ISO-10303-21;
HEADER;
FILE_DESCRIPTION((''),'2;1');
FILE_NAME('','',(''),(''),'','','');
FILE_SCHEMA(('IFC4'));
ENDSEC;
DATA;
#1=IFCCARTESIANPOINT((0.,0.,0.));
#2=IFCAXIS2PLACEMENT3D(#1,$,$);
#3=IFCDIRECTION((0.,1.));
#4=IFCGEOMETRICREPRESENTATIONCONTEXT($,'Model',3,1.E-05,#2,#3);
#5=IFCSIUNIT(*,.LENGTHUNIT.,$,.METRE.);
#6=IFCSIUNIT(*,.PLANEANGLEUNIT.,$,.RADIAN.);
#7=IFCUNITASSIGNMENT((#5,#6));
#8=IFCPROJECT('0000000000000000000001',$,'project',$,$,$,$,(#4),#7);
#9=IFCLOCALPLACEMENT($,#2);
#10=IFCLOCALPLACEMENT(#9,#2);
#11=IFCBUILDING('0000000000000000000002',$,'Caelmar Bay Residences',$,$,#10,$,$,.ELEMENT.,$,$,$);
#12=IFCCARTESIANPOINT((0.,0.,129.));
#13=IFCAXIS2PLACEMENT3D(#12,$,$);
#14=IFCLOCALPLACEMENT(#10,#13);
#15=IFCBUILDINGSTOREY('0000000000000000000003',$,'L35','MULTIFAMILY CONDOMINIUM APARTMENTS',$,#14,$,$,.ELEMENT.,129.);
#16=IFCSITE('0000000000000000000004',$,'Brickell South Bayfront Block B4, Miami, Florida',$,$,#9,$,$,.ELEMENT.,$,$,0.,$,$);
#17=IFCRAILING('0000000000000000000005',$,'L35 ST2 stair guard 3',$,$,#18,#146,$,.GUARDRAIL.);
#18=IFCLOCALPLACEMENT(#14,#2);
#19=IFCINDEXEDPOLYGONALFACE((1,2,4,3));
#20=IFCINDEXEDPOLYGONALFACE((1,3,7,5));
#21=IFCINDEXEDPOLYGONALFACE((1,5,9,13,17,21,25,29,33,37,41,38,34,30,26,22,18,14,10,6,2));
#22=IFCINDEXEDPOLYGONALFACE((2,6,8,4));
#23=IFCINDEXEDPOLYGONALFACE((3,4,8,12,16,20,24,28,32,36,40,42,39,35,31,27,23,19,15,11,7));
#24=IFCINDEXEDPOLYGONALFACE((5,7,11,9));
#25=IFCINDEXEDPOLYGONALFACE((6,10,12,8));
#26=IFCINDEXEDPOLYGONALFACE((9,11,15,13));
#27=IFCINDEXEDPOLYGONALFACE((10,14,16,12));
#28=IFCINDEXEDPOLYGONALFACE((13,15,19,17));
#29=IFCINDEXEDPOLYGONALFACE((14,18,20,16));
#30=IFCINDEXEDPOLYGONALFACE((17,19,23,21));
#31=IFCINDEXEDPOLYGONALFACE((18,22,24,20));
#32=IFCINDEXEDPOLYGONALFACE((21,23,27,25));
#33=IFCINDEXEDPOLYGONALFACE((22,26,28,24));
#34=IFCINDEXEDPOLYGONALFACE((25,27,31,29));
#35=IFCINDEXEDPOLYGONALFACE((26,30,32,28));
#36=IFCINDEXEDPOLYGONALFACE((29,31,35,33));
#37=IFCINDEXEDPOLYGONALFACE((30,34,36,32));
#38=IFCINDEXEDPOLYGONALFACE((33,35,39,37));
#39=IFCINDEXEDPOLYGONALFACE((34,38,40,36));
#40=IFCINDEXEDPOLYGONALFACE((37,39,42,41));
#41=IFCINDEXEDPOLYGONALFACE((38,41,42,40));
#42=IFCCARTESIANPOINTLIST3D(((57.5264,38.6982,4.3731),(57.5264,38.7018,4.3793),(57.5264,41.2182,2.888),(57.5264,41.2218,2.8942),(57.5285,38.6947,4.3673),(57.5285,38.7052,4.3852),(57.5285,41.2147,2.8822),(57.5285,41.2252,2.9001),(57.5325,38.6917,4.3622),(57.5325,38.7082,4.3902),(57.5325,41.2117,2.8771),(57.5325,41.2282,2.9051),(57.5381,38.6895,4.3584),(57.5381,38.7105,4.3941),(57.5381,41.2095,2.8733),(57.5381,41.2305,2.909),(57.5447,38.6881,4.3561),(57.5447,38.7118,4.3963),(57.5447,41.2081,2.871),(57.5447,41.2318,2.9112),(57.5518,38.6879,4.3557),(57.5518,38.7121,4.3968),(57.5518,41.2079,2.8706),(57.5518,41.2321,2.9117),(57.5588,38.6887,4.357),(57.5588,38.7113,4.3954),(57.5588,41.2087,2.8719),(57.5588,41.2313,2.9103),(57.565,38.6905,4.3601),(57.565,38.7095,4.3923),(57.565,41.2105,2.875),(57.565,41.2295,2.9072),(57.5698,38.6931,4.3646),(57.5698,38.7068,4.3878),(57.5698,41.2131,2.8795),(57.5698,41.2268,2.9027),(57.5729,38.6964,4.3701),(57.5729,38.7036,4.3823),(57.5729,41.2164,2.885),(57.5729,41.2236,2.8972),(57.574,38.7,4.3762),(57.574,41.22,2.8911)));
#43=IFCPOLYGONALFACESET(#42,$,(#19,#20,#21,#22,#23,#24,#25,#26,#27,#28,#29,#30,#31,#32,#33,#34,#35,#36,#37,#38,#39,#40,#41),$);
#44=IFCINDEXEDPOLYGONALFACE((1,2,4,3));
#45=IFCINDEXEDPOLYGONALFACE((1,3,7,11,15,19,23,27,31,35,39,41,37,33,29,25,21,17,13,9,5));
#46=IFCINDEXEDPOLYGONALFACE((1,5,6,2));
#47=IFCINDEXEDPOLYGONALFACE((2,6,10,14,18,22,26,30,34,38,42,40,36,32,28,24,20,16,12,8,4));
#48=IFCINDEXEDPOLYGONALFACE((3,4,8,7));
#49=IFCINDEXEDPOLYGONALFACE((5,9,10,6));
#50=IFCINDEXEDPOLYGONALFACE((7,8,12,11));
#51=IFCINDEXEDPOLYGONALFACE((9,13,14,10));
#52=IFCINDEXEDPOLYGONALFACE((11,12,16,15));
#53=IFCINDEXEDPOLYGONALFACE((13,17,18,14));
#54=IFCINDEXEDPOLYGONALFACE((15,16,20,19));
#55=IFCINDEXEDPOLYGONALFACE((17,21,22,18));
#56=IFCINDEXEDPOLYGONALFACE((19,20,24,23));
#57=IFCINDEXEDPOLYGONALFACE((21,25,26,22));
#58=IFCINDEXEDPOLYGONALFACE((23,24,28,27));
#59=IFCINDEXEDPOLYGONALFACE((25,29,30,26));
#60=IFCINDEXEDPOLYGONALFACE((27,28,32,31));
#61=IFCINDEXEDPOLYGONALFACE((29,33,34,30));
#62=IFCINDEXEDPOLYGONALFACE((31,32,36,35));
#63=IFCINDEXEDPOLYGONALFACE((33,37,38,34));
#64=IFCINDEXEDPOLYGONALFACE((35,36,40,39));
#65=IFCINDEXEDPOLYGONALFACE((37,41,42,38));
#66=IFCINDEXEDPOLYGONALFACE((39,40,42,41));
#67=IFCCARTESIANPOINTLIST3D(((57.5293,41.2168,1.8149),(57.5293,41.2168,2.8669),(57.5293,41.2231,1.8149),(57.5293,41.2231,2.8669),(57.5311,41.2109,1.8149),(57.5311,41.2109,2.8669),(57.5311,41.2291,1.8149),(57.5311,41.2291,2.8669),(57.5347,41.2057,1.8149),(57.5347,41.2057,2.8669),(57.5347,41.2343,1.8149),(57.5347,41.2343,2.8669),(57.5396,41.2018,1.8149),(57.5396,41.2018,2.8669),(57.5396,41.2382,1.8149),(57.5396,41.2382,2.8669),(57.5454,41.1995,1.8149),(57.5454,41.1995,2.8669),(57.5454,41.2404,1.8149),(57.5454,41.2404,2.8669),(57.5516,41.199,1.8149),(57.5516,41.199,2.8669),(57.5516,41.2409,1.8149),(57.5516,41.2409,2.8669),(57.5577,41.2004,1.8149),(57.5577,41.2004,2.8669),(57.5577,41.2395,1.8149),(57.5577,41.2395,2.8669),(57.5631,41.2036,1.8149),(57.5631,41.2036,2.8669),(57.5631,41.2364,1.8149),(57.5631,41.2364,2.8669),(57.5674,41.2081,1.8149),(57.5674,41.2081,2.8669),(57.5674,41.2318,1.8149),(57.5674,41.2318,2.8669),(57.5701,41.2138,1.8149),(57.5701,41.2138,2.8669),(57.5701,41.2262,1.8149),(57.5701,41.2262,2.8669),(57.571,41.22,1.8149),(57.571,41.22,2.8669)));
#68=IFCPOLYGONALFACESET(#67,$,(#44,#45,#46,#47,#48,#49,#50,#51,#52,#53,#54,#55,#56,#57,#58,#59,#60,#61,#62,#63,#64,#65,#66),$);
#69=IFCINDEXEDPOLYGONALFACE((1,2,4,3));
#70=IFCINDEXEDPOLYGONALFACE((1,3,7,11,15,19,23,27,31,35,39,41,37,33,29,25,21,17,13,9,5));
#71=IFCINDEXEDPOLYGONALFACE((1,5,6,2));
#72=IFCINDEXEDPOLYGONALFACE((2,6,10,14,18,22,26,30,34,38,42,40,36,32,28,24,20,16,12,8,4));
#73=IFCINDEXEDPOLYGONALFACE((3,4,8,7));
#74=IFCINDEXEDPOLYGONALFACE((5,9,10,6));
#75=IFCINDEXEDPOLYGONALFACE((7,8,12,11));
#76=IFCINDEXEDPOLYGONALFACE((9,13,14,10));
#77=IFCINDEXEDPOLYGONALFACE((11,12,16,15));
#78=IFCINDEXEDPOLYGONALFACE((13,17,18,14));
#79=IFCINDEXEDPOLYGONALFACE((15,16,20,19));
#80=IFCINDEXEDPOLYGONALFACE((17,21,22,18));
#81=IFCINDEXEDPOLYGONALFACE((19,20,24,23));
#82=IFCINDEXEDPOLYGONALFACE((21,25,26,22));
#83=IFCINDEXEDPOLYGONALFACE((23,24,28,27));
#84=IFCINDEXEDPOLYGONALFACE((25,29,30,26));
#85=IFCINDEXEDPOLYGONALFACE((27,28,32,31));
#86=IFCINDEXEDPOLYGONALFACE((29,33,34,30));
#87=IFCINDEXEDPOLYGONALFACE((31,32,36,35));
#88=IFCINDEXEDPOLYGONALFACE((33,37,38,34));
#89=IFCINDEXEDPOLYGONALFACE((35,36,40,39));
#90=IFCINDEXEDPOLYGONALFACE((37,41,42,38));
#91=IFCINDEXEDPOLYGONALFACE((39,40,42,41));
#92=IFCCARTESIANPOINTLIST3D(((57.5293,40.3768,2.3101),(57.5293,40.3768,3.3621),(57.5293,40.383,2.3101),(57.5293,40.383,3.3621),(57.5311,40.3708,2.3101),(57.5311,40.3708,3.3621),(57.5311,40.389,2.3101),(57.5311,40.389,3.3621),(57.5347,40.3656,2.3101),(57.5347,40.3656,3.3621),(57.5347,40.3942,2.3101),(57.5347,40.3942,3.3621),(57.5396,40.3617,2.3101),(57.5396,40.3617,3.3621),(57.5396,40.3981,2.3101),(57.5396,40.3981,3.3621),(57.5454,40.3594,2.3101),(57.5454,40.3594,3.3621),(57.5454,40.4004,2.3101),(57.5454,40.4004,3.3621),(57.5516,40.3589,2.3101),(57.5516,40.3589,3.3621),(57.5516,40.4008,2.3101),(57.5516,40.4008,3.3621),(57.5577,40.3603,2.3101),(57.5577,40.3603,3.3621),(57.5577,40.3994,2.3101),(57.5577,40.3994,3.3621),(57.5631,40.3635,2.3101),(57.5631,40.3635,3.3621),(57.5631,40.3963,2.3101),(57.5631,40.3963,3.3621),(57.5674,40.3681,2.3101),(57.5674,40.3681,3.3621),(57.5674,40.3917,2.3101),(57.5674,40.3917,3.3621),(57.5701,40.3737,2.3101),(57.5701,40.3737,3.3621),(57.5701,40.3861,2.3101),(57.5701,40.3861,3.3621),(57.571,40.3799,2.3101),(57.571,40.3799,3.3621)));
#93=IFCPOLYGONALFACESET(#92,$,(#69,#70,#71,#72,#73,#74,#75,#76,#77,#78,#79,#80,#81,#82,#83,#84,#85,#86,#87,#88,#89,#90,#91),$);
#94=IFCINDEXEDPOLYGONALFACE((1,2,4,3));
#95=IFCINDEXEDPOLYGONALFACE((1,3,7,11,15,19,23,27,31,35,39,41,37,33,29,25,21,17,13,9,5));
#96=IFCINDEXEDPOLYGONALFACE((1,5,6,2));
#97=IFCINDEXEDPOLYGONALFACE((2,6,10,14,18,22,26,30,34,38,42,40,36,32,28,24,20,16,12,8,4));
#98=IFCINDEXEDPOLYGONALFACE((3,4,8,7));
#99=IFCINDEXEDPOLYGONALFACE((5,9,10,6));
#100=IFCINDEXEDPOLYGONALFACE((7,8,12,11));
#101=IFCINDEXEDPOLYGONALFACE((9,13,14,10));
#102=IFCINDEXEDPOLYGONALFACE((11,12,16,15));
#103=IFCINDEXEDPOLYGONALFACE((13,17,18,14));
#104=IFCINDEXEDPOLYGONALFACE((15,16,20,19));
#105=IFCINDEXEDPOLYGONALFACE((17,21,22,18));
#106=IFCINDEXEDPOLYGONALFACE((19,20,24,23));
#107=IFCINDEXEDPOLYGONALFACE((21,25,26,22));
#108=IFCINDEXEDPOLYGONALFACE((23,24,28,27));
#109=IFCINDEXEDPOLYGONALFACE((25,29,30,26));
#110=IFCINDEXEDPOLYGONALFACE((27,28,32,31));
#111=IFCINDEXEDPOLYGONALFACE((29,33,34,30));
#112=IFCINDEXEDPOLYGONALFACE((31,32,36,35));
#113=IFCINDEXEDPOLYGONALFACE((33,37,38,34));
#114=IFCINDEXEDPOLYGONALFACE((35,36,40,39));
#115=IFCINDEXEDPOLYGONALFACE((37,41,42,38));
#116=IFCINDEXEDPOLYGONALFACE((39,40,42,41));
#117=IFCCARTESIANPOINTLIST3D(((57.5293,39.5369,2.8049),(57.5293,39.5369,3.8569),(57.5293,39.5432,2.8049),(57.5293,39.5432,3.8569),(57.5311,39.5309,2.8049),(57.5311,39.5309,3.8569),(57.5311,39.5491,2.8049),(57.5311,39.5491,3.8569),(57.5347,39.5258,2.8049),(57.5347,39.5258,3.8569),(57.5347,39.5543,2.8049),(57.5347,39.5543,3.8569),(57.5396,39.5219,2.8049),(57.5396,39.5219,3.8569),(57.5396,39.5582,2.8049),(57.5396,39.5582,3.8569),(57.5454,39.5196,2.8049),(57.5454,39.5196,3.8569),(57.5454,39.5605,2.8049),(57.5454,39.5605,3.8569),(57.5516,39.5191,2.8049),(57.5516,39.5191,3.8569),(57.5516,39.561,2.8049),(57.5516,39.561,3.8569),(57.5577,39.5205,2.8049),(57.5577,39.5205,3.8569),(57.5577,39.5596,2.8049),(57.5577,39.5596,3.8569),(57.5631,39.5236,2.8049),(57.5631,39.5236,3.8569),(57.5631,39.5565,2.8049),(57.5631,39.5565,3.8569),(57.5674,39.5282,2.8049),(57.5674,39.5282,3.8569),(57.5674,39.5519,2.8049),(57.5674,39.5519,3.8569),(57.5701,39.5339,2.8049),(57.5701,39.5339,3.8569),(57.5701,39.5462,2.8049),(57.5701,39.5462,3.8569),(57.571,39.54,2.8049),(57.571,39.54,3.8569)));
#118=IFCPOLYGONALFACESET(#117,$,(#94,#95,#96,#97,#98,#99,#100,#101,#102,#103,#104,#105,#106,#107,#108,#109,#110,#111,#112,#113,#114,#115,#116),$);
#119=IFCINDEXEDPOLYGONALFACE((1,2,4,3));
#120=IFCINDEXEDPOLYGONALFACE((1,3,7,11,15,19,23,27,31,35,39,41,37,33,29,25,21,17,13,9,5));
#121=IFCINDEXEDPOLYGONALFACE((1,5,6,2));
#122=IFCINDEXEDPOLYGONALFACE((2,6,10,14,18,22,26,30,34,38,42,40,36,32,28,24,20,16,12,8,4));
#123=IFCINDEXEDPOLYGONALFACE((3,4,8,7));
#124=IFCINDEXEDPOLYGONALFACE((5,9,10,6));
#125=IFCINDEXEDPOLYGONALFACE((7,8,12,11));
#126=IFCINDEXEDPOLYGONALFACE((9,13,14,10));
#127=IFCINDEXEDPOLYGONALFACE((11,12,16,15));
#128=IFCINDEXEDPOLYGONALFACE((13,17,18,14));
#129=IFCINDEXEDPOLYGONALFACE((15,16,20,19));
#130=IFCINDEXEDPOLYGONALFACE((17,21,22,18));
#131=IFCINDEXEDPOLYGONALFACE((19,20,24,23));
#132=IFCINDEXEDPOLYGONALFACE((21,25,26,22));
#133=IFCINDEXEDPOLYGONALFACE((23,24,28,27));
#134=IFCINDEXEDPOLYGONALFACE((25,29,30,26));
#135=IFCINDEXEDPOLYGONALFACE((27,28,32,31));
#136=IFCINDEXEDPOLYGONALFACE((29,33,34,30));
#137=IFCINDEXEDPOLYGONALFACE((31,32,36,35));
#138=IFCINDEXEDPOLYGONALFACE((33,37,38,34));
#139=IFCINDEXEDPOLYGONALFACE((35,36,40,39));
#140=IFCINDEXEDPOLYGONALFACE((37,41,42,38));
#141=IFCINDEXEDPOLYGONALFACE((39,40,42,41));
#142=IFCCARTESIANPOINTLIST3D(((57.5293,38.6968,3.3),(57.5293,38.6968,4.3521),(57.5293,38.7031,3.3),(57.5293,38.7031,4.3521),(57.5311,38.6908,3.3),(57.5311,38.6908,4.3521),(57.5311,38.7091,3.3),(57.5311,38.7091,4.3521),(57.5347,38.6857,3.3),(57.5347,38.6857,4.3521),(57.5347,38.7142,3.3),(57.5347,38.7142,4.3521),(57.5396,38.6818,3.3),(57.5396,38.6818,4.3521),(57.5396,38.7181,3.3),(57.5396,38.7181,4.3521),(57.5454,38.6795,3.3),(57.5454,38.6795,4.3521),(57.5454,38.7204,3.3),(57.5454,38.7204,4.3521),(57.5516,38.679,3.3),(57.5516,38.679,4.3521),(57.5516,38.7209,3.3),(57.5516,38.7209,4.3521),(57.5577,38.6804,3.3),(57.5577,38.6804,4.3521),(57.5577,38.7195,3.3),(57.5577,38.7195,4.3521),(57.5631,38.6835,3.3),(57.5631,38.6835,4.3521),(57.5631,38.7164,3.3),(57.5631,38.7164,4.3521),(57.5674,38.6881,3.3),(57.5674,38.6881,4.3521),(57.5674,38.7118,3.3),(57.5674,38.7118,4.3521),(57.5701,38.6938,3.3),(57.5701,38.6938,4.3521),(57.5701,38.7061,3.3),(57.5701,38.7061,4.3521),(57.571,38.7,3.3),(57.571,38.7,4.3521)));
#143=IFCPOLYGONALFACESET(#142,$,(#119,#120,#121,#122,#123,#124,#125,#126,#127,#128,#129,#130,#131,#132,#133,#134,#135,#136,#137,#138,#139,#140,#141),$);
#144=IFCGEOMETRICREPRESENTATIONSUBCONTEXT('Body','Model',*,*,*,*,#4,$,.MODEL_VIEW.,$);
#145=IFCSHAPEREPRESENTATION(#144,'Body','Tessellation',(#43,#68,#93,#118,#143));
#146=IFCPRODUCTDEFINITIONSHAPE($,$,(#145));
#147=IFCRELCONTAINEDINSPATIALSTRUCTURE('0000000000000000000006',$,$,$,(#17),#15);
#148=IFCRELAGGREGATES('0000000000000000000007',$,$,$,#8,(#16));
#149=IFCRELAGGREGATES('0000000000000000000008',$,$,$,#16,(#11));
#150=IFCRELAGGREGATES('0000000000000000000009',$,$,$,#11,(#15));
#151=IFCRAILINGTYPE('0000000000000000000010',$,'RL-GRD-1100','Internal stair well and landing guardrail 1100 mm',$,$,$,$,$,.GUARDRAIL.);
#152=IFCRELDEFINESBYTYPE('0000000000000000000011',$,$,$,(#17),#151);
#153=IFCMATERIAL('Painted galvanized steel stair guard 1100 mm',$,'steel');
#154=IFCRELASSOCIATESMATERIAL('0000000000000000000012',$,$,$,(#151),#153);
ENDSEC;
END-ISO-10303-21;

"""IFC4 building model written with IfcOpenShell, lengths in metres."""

from ifc_helpers import new_model, si_unit, direction, frame, origin, origin_2d, place, context, subcontext, project, spatial, circle, extrude, material, type_object, element, save


model = new_model("IFC4")

# Units and contexts
model_context = context("Model", 3, precision=1e-05, world=origin(), true_north=direction((0.0, 1.0)))
body_context = subcontext(model_context, "Body", "Model", "MODEL_VIEW")
ifc_project = project(units=[si_unit("LENGTHUNIT", "METRE"), si_unit("PLANEANGLEUNIT", "RADIAN")], contexts=[model_context])

# Site, building, storey
site_placement = place(None, origin())
site = spatial("IfcSite", under=ifc_project, at=site_placement, Name="Brickell South Bayfront Block B4, Miami, Florida", CompositionType="ELEMENT", RefElevation=0.0)
building_placement = place(site_placement, origin())
building = spatial("IfcBuilding", under=site, at=building_placement, Name="Caelmar Bay Residences", CompositionType="ELEMENT")
storey_placement = place(building_placement, frame((0.0, 0.0, 129.0)))
storey = spatial("IfcBuildingStorey", under=building, at=storey_placement, Name="L35", Description="MULTIFAMILY CONDOMINIUM APARTMENTS", CompositionType="ELEMENT", Elevation=129.0)

# Railing
ifc_material_1 = material(Name="Painted galvanized steel stair guard 1100 mm", Category="steel")
railing_type_1 = type_object("IfcRailingType", Name="RL-GRD-1100", Description="Internal stair well and landing guardrail 1100 mm", PredefinedType="GUARDRAIL", material=ifc_material_1)
railing_1_placement = place(storey_placement, frame((57.55, 41.22, 1.8149)))
element("IfcRailing", 1, at=railing_1_placement, inside=storey, type_object=railing_type_1, Name="L35 ST2 stair guard 3", PredefinedType="GUARDRAIL", context=body_context, shape_type="SweptSolid", body=[
    extrude(circle(Radius=0.0239, at=origin_2d()), frame((0.0, 0.0, 1.0762), z_axis=(0.0, -0.861524, 0.507717), x_axis=(1.0, 0.0, 0.0)), (0.0, 0.0, 1.0), 2.925),
    extrude(circle(Radius=0.021, at=origin_2d()), origin(), (0.0, 0.0, 1.0), 1.052),
    extrude(circle(Radius=0.021, at=origin_2d()), frame((0.0, -0.8401, 0.4951)), (0.0, 0.0, 1.0), 1.052),
    extrude(circle(Radius=0.021, at=origin_2d()), frame((0.0, -1.6799, 0.99)), (0.0, 0.0, 1.0), 1.052),
    extrude(circle(Radius=0.021, at=origin_2d()), frame((0.0, -2.52, 1.4851)), (0.0, 0.0, 1.0), 1.052),
])

save(model, "model.ifc")
